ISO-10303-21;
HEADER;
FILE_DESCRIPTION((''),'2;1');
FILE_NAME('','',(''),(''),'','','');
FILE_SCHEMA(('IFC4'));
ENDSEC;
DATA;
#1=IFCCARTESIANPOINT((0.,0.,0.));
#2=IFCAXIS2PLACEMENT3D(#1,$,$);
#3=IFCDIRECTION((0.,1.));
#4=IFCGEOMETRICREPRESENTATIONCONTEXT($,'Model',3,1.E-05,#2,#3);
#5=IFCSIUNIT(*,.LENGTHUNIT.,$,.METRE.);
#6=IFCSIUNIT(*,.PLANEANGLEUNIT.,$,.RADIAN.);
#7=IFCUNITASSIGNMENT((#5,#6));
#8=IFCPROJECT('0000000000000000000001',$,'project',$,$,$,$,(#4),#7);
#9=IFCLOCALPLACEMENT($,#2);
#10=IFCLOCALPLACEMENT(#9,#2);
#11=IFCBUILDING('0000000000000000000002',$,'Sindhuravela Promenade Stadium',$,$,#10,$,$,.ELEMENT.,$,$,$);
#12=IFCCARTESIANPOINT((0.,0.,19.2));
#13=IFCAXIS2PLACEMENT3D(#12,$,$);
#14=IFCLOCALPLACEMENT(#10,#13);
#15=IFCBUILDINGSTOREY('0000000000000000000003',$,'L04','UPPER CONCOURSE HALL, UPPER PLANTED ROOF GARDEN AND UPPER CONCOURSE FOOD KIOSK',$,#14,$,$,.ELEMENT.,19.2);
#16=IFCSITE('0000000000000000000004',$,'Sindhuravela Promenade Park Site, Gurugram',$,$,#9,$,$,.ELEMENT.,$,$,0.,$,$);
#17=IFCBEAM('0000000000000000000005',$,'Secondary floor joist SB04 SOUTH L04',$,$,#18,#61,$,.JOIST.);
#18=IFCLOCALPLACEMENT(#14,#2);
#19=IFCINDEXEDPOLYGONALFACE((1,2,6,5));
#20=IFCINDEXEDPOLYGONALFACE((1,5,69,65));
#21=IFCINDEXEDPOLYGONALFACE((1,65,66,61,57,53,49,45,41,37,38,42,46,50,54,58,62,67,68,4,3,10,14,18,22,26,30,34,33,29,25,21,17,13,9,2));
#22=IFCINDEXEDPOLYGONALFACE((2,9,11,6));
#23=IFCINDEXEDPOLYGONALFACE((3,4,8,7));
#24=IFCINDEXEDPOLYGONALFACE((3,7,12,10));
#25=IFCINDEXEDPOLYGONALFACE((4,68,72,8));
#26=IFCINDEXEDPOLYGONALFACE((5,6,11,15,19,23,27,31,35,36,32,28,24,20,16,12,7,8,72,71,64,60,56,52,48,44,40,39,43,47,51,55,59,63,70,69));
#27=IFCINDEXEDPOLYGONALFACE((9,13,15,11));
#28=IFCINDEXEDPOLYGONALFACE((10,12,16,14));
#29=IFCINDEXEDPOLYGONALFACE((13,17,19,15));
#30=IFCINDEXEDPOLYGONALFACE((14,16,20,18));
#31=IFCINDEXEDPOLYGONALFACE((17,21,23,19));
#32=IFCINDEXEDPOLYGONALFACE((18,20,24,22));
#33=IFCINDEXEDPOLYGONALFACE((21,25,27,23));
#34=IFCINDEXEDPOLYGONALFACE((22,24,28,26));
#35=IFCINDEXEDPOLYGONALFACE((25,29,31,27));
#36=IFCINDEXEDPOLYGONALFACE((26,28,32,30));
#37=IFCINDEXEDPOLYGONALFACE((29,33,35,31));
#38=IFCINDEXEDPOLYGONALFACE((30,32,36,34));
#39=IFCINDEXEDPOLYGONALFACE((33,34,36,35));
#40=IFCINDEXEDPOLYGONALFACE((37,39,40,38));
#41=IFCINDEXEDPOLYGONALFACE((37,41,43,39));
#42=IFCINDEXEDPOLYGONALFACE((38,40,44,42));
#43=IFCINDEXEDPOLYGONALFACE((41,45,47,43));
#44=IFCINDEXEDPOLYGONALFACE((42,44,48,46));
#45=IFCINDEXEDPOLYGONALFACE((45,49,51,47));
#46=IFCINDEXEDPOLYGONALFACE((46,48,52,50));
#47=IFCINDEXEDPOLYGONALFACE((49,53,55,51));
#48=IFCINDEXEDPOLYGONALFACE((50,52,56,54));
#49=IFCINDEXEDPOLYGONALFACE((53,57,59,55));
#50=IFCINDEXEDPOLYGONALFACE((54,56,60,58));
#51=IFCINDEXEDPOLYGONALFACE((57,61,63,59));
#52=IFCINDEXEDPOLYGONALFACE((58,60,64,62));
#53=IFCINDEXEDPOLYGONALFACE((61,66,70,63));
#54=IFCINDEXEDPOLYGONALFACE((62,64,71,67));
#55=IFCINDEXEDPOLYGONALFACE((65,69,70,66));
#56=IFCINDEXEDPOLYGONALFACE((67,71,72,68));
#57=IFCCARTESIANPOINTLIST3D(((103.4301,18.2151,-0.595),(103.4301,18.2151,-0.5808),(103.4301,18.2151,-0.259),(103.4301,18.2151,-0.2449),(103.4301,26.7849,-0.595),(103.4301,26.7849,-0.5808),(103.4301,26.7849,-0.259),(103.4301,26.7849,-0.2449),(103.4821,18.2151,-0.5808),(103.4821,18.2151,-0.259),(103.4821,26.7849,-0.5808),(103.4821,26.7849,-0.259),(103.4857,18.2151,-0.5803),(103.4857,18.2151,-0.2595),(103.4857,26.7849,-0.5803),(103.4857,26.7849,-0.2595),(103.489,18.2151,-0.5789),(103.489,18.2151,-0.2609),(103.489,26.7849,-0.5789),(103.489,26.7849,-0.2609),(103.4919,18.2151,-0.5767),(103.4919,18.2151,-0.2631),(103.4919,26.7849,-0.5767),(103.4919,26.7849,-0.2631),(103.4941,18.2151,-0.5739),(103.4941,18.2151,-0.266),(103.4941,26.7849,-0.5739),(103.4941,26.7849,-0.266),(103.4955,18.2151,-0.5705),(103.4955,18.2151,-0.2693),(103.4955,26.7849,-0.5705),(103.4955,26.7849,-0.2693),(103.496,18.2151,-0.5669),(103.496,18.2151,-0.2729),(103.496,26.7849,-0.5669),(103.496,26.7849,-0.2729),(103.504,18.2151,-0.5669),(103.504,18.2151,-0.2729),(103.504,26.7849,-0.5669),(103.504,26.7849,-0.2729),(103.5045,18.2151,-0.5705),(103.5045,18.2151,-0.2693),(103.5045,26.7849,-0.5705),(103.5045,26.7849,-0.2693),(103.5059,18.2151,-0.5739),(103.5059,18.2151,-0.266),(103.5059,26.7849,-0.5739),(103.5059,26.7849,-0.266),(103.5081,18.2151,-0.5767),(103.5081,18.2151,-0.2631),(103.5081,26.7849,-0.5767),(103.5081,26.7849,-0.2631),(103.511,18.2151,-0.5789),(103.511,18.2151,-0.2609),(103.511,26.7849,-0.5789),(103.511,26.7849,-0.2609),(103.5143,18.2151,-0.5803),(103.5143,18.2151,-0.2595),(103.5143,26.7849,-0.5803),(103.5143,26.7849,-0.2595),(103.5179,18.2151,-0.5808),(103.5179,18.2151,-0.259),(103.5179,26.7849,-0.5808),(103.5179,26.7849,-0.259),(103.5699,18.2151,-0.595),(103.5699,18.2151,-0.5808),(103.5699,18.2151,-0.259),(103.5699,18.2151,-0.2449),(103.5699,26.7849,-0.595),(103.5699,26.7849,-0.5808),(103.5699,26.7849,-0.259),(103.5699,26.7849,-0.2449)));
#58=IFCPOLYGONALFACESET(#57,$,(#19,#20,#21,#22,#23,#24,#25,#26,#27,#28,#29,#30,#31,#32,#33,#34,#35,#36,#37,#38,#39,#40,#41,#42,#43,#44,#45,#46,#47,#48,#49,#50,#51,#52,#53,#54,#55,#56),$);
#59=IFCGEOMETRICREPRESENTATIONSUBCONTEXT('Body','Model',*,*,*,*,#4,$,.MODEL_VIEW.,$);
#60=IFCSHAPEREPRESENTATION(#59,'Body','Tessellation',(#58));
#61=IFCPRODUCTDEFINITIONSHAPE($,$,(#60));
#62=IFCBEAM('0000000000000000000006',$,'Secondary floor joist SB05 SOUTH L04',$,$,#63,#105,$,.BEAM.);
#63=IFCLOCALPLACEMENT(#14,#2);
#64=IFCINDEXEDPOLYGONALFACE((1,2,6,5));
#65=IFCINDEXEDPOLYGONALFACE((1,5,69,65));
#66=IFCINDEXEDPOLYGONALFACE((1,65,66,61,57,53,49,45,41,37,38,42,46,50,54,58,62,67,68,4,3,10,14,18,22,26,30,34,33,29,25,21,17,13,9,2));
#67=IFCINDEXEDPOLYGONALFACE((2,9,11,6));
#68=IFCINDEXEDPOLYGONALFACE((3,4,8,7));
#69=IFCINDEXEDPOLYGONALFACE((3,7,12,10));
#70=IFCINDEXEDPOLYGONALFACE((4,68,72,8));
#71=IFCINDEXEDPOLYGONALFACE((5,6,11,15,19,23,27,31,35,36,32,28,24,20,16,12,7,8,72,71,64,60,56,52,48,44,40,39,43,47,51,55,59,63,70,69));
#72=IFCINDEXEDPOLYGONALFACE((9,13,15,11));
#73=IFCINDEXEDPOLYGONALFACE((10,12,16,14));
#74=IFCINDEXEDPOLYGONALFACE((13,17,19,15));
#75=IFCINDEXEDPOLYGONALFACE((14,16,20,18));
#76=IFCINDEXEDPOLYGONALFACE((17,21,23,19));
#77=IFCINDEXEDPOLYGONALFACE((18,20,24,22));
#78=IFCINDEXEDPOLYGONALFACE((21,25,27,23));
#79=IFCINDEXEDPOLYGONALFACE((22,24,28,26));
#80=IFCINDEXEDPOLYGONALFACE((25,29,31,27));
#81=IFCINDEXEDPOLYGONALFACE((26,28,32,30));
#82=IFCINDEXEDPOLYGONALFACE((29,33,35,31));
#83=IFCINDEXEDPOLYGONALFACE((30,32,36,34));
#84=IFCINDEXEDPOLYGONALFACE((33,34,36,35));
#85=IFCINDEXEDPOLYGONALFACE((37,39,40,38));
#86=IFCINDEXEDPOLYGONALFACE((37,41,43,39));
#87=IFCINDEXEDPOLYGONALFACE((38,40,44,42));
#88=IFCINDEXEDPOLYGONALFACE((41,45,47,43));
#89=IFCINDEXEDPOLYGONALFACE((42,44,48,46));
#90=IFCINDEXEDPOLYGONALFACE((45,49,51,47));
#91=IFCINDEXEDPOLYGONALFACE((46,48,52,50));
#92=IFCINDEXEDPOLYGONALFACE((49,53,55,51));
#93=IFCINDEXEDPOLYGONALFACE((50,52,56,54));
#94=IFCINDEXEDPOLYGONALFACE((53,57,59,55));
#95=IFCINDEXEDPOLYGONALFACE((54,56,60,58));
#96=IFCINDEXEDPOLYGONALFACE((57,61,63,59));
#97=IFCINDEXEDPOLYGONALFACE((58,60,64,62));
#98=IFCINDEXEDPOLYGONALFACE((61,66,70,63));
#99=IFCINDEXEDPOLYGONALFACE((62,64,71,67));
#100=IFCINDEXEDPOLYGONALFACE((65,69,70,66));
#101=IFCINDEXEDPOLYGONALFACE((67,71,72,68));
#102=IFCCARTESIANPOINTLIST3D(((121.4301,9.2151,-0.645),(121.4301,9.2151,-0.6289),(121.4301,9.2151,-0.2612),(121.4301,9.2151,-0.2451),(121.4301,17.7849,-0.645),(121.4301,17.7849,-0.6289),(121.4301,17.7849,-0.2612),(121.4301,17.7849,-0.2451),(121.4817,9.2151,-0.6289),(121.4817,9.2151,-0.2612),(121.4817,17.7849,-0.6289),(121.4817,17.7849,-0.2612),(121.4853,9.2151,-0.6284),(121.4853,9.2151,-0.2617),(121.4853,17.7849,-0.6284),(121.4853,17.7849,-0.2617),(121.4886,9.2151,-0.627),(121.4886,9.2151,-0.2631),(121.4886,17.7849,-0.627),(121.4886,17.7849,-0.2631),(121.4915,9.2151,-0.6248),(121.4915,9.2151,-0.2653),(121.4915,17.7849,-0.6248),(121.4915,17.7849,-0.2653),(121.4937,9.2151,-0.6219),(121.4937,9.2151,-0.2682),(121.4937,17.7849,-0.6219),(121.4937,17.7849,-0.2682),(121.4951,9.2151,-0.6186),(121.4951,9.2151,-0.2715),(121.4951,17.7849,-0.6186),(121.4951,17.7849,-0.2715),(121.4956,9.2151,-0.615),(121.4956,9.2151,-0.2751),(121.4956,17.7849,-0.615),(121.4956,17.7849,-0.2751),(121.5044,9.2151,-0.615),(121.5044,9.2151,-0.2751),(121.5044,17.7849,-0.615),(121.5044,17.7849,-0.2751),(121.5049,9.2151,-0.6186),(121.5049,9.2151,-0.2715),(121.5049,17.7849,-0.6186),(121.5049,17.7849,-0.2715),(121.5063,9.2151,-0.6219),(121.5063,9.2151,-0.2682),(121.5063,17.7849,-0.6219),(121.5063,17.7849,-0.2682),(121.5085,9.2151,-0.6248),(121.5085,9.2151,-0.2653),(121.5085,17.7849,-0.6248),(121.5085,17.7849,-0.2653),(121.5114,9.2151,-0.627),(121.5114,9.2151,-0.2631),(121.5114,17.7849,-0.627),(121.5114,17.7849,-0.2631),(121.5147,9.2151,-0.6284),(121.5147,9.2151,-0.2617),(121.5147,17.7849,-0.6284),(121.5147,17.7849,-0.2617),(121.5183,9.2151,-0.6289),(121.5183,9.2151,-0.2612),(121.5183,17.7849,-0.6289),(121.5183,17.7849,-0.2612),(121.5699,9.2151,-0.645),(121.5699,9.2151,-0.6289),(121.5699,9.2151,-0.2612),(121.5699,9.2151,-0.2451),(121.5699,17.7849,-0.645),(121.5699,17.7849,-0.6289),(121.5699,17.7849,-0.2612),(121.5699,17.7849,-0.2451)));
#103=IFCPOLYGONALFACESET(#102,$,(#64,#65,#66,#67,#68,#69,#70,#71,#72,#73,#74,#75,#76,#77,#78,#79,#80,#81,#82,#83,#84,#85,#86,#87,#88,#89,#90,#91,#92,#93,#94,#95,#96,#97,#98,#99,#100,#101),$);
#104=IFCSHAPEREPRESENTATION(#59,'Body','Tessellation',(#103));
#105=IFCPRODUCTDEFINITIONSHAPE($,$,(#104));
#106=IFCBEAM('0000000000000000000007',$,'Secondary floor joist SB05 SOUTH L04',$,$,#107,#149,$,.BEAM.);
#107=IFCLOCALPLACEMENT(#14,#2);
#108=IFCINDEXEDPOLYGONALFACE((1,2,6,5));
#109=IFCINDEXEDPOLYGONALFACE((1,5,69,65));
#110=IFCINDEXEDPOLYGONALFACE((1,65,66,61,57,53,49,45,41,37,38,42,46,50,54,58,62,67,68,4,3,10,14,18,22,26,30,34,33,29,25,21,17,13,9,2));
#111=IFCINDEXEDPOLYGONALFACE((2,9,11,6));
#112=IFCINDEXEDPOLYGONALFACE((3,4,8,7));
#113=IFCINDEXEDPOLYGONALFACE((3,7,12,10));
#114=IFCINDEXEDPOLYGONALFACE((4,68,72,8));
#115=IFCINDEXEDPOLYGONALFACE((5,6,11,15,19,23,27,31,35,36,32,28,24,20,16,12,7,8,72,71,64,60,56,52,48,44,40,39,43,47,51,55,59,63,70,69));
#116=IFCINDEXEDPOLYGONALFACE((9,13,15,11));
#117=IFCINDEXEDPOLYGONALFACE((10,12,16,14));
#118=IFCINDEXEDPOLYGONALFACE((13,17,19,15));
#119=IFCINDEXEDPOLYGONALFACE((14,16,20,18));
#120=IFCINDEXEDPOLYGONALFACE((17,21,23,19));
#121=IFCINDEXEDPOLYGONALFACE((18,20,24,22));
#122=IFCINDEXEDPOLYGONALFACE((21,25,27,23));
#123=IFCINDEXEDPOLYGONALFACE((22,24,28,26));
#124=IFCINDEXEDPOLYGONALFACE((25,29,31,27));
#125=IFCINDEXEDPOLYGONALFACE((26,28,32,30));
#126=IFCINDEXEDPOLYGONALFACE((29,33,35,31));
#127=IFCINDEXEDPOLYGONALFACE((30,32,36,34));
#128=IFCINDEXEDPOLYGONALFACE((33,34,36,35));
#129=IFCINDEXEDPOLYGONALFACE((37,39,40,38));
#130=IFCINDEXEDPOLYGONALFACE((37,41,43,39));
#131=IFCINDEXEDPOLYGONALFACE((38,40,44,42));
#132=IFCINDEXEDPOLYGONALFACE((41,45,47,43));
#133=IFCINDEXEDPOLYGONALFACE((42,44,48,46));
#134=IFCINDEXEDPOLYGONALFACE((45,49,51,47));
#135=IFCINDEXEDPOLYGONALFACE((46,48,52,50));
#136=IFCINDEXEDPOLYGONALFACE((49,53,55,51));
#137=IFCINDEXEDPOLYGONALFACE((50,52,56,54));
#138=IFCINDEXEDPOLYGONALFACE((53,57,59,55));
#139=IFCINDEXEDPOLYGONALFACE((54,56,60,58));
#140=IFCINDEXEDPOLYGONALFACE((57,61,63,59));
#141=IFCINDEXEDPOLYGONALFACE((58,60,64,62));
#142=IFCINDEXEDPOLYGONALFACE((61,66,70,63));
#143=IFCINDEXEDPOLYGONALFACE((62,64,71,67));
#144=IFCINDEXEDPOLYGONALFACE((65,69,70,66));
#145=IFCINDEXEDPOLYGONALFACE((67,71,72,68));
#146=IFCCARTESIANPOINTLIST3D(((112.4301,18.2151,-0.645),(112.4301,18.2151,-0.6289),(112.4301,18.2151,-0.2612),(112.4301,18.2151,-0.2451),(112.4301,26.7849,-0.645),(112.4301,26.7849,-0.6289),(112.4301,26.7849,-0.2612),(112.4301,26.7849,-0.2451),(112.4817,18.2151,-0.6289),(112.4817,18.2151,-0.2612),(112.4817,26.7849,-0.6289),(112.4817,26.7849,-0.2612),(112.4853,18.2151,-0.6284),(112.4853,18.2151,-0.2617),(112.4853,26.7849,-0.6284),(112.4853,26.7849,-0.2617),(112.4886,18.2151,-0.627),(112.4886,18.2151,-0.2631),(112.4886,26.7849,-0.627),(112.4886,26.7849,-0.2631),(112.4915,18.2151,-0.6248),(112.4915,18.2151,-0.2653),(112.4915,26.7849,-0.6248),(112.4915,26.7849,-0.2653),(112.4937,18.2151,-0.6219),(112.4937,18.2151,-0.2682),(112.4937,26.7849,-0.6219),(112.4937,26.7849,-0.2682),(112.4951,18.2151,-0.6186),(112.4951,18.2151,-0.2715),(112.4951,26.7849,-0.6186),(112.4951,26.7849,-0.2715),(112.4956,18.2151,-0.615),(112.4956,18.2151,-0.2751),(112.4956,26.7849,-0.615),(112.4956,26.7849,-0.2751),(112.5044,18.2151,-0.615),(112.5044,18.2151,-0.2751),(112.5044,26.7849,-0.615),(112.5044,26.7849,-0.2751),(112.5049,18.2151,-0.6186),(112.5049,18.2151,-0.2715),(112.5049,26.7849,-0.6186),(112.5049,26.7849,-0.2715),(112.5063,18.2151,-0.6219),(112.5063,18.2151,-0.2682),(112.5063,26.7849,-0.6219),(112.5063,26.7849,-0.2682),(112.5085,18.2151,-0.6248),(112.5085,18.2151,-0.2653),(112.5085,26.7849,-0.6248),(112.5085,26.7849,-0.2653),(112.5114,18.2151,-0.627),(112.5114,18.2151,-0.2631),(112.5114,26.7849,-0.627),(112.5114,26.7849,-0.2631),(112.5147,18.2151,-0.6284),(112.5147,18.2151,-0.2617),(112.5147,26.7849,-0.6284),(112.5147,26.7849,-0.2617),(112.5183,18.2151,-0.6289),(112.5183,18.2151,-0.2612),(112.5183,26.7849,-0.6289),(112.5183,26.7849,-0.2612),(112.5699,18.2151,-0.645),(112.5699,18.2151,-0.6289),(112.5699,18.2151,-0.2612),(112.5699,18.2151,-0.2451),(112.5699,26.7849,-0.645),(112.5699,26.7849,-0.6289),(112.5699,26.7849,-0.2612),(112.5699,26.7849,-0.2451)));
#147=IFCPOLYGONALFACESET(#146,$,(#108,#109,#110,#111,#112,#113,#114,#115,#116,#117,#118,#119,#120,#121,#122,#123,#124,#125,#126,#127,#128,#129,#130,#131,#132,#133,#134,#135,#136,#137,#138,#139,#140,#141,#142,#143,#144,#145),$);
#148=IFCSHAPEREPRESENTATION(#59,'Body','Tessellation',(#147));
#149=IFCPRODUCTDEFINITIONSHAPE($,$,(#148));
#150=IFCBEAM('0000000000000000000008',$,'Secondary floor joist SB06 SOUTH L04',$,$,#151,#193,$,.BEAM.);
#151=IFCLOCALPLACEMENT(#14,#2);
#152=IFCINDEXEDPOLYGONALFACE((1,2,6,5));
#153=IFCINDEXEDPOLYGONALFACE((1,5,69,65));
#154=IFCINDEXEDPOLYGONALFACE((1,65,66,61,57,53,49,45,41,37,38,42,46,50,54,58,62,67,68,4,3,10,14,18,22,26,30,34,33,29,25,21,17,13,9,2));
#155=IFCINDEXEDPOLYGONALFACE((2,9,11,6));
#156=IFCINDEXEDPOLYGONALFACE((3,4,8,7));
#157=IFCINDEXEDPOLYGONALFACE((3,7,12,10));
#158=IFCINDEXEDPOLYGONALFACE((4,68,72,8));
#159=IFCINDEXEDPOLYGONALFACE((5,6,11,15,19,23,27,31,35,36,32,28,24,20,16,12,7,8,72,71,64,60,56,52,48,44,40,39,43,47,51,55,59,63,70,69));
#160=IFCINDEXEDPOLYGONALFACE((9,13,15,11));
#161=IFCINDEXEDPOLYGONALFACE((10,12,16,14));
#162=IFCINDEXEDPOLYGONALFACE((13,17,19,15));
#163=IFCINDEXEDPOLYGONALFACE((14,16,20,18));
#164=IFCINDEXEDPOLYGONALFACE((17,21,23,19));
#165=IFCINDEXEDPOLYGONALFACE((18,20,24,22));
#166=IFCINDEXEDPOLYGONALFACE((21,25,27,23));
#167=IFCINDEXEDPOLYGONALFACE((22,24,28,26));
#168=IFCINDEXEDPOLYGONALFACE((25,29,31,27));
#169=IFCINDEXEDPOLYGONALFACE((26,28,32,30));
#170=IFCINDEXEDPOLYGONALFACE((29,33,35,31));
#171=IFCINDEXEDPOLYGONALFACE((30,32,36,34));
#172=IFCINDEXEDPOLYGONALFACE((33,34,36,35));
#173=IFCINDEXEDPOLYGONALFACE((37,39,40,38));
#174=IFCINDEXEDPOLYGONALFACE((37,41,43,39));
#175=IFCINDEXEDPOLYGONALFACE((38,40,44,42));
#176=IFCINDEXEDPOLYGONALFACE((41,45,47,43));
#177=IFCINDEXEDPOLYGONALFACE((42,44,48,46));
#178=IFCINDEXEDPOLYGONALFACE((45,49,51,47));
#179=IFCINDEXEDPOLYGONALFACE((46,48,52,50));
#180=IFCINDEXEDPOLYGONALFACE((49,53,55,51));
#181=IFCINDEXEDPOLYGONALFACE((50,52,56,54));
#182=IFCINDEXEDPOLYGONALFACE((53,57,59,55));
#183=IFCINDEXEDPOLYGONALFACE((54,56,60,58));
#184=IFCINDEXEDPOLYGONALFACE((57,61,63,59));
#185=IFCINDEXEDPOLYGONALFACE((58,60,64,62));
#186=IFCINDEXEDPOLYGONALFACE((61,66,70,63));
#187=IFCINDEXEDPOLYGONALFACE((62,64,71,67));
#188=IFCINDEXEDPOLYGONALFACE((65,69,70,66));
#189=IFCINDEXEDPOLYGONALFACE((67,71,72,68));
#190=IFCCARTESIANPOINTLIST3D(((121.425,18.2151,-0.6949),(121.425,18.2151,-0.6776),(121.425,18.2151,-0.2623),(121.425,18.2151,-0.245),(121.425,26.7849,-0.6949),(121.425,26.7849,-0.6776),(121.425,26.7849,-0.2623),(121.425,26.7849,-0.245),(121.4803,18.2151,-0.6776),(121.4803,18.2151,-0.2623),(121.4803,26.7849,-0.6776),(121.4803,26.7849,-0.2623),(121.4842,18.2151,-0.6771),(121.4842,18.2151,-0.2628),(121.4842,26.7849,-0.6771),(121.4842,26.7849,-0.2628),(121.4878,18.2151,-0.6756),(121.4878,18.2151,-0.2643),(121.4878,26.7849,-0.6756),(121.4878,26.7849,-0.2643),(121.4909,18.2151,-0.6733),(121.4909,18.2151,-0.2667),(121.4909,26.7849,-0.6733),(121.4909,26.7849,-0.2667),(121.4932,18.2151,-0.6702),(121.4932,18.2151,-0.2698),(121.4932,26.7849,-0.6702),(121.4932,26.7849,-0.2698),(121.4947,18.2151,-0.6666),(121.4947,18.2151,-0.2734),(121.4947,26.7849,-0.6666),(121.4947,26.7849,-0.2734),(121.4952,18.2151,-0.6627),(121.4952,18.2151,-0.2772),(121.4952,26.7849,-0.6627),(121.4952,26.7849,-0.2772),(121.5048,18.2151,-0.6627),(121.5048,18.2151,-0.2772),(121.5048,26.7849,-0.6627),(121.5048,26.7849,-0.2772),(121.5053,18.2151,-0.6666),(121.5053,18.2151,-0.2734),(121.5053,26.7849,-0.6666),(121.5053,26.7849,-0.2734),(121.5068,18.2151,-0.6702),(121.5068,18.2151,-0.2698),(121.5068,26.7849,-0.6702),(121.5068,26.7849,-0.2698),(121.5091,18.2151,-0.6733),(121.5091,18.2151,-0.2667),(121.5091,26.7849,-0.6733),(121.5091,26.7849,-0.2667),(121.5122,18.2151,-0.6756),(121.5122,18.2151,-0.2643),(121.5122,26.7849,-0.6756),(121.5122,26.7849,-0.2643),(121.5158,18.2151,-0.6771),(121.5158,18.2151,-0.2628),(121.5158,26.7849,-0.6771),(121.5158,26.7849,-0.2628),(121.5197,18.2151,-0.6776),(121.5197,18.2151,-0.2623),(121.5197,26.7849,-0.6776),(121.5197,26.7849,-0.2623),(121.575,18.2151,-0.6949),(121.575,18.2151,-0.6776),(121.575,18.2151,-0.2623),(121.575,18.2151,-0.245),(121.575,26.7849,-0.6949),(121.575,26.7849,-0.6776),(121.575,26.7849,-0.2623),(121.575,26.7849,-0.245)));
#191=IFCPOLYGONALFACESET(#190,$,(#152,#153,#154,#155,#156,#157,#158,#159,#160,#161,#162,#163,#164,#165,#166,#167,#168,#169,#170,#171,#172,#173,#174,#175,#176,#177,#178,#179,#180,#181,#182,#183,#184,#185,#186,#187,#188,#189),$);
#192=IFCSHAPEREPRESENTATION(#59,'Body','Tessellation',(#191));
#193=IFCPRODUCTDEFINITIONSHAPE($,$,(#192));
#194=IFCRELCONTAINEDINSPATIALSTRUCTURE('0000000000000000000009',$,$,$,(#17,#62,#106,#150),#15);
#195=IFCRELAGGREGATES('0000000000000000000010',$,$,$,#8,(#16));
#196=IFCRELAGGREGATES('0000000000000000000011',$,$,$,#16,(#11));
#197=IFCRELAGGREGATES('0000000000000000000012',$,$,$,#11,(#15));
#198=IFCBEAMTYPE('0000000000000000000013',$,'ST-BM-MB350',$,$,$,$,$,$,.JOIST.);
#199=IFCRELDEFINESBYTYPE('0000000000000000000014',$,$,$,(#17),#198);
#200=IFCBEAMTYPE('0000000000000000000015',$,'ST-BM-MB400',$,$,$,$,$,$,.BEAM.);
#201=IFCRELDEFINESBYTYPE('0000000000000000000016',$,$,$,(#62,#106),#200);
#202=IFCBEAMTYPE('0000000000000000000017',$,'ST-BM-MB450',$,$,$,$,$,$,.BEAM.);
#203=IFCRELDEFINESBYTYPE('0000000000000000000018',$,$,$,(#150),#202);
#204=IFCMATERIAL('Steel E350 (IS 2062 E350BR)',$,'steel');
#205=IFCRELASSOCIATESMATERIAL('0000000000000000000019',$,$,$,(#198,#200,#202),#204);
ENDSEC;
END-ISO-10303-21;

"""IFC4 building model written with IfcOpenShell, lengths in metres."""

from ifc_helpers import new_model, si_unit, direction, frame, origin, origin_2d, place, context, subcontext, project, spatial, i_section, extrude, material, material_profile, profile_set, type_object, element, save


model = new_model("IFC4")

# Units and contexts
model_context = context("Model", 3, precision=1e-05, world=origin(), true_north=direction((0.0, 1.0)))
body_context = subcontext(model_context, "Body", "Model", "MODEL_VIEW")
ifc_project = project(units=[si_unit("LENGTHUNIT", "METRE"), si_unit("PLANEANGLEUNIT", "RADIAN")], contexts=[model_context])

# Site, building, storey
site_placement = place(None, origin())
site = spatial("IfcSite", under=ifc_project, at=site_placement, Name="Sindhuravela Promenade Park Site, Gurugram", CompositionType="ELEMENT", RefElevation=0.0)
building_placement = place(site_placement, origin())
building = spatial("IfcBuilding", under=site, at=building_placement, Name="Sindhuravela Promenade Stadium", CompositionType="ELEMENT")
storey_placement = place(building_placement, frame((0.0, 0.0, 19.2)))
storey = spatial("IfcBuildingStorey", under=building, at=storey_placement, Name="L04", Description="UPPER CONCOURSE HALL, UPPER PLANTED ROOF GARDEN AND UPPER CONCOURSE FOOD KIOSK", CompositionType="ELEMENT", Elevation=19.2)

# Shared definitions
ifc_material_1 = material(Name="Steel E350 (IS 2062 E350BR)", Category="steel")

# Beams
ifc_material_profile_1 = material_profile(ifc_material_1, i_section(OverallWidth=0.1399, OverallDepth=0.3501, WebThickness=0.0081, FlangeThickness=0.0142, FilletRadius=0.0139, at=origin_2d()), Name="ISMB 350")
ifc_profile_set_1 = profile_set([ifc_material_profile_1], Name="Steel E350 (IS 2062 E350BR)")
beam_type_1 = type_object("IfcBeamType", Name="ST-BM-MB350", PredefinedType="JOIST", material=ifc_profile_set_1)
for number, where, z_axis, x_axis, name in (
    (1, (103.5, 18.2151, -0.4199), (0.0, 1.0, 0.0), (-1.0, 0.0, 0.0), "Secondary floor joist SB04 SOUTH L04"),
):
    element("IfcBeam", number, at=place(storey_placement, frame(where, z_axis=z_axis, x_axis=x_axis)), inside=storey, type_object=beam_type_1, Name=name, PredefinedType="JOIST", context=body_context, shape_type="SweptSolid", body=[
        extrude(i_section(OverallWidth=0.1399, OverallDepth=0.3501, WebThickness=0.0081, FlangeThickness=0.0142, FilletRadius=0.0139, at=origin_2d()), origin(), (0.0, 0.0, 1.0), 8.5698),
    ])
ifc_material_profile_2 = material_profile(ifc_material_1, i_section(OverallWidth=0.1399, OverallDepth=0.3999, WebThickness=0.0088, FlangeThickness=0.0161, FilletRadius=0.0139, at=origin_2d()), Name="ISMB 400")
ifc_profile_set_2 = profile_set([ifc_material_profile_2], Name="Steel E350 (IS 2062 E350BR)")
beam_type_2 = type_object("IfcBeamType", Name="ST-BM-MB400", PredefinedType="BEAM", material=ifc_profile_set_2)
for number, where, z_axis, x_axis, name in (
    (2, (121.5, 9.2151, -0.4451), (0.0, 1.0, 0.0), (-1.0, 0.0, 0.0), "Secondary floor joist SB05 SOUTH L04"),
    (3, (112.5, 18.2151, -0.4451), (0.0, 1.0, 0.0), (-1.0, 0.0, 0.0), "Secondary floor joist SB05 SOUTH L04"),
):
    element("IfcBeam", number, at=place(storey_placement, frame(where, z_axis=z_axis, x_axis=x_axis)), inside=storey, type_object=beam_type_2, Name=name, PredefinedType="BEAM", context=body_context, shape_type="SweptSolid", body=[
        extrude(i_section(OverallWidth=0.1399, OverallDepth=0.3999, WebThickness=0.0088, FlangeThickness=0.0161, FilletRadius=0.0139, at=origin_2d()), origin(), (0.0, 0.0, 1.0), 8.5698),
    ])
ifc_material_profile_3 = material_profile(ifc_material_1, i_section(OverallWidth=0.1499, OverallDepth=0.45, WebThickness=0.0095, FlangeThickness=0.0173, FilletRadius=0.0149, at=origin_2d()), Name="ISMB 450")
ifc_profile_set_3 = profile_set([ifc_material_profile_3], Name="Steel E350 (IS 2062 E350BR)")
beam_type_3 = type_object("IfcBeamType", Name="ST-BM-MB450", PredefinedType="BEAM", material=ifc_profile_set_3)
beam_1_placement = place(storey_placement, frame((121.5, 18.2151, -0.47), z_axis=(0.0, 1.0, 0.0), x_axis=(-1.0, 0.0, 0.0)))
element("IfcBeam", 4, at=beam_1_placement, inside=storey, type_object=beam_type_3, Name="Secondary floor joist SB06 SOUTH L04", PredefinedType="BEAM", context=body_context, shape_type="SweptSolid", body=[
    extrude(i_section(OverallWidth=0.1499, OverallDepth=0.45, WebThickness=0.0095, FlangeThickness=0.0173, FilletRadius=0.0149, at=origin_2d()), origin(), (0.0, 0.0, 1.0), 8.5698),
])

save(model, "model.ifc")
